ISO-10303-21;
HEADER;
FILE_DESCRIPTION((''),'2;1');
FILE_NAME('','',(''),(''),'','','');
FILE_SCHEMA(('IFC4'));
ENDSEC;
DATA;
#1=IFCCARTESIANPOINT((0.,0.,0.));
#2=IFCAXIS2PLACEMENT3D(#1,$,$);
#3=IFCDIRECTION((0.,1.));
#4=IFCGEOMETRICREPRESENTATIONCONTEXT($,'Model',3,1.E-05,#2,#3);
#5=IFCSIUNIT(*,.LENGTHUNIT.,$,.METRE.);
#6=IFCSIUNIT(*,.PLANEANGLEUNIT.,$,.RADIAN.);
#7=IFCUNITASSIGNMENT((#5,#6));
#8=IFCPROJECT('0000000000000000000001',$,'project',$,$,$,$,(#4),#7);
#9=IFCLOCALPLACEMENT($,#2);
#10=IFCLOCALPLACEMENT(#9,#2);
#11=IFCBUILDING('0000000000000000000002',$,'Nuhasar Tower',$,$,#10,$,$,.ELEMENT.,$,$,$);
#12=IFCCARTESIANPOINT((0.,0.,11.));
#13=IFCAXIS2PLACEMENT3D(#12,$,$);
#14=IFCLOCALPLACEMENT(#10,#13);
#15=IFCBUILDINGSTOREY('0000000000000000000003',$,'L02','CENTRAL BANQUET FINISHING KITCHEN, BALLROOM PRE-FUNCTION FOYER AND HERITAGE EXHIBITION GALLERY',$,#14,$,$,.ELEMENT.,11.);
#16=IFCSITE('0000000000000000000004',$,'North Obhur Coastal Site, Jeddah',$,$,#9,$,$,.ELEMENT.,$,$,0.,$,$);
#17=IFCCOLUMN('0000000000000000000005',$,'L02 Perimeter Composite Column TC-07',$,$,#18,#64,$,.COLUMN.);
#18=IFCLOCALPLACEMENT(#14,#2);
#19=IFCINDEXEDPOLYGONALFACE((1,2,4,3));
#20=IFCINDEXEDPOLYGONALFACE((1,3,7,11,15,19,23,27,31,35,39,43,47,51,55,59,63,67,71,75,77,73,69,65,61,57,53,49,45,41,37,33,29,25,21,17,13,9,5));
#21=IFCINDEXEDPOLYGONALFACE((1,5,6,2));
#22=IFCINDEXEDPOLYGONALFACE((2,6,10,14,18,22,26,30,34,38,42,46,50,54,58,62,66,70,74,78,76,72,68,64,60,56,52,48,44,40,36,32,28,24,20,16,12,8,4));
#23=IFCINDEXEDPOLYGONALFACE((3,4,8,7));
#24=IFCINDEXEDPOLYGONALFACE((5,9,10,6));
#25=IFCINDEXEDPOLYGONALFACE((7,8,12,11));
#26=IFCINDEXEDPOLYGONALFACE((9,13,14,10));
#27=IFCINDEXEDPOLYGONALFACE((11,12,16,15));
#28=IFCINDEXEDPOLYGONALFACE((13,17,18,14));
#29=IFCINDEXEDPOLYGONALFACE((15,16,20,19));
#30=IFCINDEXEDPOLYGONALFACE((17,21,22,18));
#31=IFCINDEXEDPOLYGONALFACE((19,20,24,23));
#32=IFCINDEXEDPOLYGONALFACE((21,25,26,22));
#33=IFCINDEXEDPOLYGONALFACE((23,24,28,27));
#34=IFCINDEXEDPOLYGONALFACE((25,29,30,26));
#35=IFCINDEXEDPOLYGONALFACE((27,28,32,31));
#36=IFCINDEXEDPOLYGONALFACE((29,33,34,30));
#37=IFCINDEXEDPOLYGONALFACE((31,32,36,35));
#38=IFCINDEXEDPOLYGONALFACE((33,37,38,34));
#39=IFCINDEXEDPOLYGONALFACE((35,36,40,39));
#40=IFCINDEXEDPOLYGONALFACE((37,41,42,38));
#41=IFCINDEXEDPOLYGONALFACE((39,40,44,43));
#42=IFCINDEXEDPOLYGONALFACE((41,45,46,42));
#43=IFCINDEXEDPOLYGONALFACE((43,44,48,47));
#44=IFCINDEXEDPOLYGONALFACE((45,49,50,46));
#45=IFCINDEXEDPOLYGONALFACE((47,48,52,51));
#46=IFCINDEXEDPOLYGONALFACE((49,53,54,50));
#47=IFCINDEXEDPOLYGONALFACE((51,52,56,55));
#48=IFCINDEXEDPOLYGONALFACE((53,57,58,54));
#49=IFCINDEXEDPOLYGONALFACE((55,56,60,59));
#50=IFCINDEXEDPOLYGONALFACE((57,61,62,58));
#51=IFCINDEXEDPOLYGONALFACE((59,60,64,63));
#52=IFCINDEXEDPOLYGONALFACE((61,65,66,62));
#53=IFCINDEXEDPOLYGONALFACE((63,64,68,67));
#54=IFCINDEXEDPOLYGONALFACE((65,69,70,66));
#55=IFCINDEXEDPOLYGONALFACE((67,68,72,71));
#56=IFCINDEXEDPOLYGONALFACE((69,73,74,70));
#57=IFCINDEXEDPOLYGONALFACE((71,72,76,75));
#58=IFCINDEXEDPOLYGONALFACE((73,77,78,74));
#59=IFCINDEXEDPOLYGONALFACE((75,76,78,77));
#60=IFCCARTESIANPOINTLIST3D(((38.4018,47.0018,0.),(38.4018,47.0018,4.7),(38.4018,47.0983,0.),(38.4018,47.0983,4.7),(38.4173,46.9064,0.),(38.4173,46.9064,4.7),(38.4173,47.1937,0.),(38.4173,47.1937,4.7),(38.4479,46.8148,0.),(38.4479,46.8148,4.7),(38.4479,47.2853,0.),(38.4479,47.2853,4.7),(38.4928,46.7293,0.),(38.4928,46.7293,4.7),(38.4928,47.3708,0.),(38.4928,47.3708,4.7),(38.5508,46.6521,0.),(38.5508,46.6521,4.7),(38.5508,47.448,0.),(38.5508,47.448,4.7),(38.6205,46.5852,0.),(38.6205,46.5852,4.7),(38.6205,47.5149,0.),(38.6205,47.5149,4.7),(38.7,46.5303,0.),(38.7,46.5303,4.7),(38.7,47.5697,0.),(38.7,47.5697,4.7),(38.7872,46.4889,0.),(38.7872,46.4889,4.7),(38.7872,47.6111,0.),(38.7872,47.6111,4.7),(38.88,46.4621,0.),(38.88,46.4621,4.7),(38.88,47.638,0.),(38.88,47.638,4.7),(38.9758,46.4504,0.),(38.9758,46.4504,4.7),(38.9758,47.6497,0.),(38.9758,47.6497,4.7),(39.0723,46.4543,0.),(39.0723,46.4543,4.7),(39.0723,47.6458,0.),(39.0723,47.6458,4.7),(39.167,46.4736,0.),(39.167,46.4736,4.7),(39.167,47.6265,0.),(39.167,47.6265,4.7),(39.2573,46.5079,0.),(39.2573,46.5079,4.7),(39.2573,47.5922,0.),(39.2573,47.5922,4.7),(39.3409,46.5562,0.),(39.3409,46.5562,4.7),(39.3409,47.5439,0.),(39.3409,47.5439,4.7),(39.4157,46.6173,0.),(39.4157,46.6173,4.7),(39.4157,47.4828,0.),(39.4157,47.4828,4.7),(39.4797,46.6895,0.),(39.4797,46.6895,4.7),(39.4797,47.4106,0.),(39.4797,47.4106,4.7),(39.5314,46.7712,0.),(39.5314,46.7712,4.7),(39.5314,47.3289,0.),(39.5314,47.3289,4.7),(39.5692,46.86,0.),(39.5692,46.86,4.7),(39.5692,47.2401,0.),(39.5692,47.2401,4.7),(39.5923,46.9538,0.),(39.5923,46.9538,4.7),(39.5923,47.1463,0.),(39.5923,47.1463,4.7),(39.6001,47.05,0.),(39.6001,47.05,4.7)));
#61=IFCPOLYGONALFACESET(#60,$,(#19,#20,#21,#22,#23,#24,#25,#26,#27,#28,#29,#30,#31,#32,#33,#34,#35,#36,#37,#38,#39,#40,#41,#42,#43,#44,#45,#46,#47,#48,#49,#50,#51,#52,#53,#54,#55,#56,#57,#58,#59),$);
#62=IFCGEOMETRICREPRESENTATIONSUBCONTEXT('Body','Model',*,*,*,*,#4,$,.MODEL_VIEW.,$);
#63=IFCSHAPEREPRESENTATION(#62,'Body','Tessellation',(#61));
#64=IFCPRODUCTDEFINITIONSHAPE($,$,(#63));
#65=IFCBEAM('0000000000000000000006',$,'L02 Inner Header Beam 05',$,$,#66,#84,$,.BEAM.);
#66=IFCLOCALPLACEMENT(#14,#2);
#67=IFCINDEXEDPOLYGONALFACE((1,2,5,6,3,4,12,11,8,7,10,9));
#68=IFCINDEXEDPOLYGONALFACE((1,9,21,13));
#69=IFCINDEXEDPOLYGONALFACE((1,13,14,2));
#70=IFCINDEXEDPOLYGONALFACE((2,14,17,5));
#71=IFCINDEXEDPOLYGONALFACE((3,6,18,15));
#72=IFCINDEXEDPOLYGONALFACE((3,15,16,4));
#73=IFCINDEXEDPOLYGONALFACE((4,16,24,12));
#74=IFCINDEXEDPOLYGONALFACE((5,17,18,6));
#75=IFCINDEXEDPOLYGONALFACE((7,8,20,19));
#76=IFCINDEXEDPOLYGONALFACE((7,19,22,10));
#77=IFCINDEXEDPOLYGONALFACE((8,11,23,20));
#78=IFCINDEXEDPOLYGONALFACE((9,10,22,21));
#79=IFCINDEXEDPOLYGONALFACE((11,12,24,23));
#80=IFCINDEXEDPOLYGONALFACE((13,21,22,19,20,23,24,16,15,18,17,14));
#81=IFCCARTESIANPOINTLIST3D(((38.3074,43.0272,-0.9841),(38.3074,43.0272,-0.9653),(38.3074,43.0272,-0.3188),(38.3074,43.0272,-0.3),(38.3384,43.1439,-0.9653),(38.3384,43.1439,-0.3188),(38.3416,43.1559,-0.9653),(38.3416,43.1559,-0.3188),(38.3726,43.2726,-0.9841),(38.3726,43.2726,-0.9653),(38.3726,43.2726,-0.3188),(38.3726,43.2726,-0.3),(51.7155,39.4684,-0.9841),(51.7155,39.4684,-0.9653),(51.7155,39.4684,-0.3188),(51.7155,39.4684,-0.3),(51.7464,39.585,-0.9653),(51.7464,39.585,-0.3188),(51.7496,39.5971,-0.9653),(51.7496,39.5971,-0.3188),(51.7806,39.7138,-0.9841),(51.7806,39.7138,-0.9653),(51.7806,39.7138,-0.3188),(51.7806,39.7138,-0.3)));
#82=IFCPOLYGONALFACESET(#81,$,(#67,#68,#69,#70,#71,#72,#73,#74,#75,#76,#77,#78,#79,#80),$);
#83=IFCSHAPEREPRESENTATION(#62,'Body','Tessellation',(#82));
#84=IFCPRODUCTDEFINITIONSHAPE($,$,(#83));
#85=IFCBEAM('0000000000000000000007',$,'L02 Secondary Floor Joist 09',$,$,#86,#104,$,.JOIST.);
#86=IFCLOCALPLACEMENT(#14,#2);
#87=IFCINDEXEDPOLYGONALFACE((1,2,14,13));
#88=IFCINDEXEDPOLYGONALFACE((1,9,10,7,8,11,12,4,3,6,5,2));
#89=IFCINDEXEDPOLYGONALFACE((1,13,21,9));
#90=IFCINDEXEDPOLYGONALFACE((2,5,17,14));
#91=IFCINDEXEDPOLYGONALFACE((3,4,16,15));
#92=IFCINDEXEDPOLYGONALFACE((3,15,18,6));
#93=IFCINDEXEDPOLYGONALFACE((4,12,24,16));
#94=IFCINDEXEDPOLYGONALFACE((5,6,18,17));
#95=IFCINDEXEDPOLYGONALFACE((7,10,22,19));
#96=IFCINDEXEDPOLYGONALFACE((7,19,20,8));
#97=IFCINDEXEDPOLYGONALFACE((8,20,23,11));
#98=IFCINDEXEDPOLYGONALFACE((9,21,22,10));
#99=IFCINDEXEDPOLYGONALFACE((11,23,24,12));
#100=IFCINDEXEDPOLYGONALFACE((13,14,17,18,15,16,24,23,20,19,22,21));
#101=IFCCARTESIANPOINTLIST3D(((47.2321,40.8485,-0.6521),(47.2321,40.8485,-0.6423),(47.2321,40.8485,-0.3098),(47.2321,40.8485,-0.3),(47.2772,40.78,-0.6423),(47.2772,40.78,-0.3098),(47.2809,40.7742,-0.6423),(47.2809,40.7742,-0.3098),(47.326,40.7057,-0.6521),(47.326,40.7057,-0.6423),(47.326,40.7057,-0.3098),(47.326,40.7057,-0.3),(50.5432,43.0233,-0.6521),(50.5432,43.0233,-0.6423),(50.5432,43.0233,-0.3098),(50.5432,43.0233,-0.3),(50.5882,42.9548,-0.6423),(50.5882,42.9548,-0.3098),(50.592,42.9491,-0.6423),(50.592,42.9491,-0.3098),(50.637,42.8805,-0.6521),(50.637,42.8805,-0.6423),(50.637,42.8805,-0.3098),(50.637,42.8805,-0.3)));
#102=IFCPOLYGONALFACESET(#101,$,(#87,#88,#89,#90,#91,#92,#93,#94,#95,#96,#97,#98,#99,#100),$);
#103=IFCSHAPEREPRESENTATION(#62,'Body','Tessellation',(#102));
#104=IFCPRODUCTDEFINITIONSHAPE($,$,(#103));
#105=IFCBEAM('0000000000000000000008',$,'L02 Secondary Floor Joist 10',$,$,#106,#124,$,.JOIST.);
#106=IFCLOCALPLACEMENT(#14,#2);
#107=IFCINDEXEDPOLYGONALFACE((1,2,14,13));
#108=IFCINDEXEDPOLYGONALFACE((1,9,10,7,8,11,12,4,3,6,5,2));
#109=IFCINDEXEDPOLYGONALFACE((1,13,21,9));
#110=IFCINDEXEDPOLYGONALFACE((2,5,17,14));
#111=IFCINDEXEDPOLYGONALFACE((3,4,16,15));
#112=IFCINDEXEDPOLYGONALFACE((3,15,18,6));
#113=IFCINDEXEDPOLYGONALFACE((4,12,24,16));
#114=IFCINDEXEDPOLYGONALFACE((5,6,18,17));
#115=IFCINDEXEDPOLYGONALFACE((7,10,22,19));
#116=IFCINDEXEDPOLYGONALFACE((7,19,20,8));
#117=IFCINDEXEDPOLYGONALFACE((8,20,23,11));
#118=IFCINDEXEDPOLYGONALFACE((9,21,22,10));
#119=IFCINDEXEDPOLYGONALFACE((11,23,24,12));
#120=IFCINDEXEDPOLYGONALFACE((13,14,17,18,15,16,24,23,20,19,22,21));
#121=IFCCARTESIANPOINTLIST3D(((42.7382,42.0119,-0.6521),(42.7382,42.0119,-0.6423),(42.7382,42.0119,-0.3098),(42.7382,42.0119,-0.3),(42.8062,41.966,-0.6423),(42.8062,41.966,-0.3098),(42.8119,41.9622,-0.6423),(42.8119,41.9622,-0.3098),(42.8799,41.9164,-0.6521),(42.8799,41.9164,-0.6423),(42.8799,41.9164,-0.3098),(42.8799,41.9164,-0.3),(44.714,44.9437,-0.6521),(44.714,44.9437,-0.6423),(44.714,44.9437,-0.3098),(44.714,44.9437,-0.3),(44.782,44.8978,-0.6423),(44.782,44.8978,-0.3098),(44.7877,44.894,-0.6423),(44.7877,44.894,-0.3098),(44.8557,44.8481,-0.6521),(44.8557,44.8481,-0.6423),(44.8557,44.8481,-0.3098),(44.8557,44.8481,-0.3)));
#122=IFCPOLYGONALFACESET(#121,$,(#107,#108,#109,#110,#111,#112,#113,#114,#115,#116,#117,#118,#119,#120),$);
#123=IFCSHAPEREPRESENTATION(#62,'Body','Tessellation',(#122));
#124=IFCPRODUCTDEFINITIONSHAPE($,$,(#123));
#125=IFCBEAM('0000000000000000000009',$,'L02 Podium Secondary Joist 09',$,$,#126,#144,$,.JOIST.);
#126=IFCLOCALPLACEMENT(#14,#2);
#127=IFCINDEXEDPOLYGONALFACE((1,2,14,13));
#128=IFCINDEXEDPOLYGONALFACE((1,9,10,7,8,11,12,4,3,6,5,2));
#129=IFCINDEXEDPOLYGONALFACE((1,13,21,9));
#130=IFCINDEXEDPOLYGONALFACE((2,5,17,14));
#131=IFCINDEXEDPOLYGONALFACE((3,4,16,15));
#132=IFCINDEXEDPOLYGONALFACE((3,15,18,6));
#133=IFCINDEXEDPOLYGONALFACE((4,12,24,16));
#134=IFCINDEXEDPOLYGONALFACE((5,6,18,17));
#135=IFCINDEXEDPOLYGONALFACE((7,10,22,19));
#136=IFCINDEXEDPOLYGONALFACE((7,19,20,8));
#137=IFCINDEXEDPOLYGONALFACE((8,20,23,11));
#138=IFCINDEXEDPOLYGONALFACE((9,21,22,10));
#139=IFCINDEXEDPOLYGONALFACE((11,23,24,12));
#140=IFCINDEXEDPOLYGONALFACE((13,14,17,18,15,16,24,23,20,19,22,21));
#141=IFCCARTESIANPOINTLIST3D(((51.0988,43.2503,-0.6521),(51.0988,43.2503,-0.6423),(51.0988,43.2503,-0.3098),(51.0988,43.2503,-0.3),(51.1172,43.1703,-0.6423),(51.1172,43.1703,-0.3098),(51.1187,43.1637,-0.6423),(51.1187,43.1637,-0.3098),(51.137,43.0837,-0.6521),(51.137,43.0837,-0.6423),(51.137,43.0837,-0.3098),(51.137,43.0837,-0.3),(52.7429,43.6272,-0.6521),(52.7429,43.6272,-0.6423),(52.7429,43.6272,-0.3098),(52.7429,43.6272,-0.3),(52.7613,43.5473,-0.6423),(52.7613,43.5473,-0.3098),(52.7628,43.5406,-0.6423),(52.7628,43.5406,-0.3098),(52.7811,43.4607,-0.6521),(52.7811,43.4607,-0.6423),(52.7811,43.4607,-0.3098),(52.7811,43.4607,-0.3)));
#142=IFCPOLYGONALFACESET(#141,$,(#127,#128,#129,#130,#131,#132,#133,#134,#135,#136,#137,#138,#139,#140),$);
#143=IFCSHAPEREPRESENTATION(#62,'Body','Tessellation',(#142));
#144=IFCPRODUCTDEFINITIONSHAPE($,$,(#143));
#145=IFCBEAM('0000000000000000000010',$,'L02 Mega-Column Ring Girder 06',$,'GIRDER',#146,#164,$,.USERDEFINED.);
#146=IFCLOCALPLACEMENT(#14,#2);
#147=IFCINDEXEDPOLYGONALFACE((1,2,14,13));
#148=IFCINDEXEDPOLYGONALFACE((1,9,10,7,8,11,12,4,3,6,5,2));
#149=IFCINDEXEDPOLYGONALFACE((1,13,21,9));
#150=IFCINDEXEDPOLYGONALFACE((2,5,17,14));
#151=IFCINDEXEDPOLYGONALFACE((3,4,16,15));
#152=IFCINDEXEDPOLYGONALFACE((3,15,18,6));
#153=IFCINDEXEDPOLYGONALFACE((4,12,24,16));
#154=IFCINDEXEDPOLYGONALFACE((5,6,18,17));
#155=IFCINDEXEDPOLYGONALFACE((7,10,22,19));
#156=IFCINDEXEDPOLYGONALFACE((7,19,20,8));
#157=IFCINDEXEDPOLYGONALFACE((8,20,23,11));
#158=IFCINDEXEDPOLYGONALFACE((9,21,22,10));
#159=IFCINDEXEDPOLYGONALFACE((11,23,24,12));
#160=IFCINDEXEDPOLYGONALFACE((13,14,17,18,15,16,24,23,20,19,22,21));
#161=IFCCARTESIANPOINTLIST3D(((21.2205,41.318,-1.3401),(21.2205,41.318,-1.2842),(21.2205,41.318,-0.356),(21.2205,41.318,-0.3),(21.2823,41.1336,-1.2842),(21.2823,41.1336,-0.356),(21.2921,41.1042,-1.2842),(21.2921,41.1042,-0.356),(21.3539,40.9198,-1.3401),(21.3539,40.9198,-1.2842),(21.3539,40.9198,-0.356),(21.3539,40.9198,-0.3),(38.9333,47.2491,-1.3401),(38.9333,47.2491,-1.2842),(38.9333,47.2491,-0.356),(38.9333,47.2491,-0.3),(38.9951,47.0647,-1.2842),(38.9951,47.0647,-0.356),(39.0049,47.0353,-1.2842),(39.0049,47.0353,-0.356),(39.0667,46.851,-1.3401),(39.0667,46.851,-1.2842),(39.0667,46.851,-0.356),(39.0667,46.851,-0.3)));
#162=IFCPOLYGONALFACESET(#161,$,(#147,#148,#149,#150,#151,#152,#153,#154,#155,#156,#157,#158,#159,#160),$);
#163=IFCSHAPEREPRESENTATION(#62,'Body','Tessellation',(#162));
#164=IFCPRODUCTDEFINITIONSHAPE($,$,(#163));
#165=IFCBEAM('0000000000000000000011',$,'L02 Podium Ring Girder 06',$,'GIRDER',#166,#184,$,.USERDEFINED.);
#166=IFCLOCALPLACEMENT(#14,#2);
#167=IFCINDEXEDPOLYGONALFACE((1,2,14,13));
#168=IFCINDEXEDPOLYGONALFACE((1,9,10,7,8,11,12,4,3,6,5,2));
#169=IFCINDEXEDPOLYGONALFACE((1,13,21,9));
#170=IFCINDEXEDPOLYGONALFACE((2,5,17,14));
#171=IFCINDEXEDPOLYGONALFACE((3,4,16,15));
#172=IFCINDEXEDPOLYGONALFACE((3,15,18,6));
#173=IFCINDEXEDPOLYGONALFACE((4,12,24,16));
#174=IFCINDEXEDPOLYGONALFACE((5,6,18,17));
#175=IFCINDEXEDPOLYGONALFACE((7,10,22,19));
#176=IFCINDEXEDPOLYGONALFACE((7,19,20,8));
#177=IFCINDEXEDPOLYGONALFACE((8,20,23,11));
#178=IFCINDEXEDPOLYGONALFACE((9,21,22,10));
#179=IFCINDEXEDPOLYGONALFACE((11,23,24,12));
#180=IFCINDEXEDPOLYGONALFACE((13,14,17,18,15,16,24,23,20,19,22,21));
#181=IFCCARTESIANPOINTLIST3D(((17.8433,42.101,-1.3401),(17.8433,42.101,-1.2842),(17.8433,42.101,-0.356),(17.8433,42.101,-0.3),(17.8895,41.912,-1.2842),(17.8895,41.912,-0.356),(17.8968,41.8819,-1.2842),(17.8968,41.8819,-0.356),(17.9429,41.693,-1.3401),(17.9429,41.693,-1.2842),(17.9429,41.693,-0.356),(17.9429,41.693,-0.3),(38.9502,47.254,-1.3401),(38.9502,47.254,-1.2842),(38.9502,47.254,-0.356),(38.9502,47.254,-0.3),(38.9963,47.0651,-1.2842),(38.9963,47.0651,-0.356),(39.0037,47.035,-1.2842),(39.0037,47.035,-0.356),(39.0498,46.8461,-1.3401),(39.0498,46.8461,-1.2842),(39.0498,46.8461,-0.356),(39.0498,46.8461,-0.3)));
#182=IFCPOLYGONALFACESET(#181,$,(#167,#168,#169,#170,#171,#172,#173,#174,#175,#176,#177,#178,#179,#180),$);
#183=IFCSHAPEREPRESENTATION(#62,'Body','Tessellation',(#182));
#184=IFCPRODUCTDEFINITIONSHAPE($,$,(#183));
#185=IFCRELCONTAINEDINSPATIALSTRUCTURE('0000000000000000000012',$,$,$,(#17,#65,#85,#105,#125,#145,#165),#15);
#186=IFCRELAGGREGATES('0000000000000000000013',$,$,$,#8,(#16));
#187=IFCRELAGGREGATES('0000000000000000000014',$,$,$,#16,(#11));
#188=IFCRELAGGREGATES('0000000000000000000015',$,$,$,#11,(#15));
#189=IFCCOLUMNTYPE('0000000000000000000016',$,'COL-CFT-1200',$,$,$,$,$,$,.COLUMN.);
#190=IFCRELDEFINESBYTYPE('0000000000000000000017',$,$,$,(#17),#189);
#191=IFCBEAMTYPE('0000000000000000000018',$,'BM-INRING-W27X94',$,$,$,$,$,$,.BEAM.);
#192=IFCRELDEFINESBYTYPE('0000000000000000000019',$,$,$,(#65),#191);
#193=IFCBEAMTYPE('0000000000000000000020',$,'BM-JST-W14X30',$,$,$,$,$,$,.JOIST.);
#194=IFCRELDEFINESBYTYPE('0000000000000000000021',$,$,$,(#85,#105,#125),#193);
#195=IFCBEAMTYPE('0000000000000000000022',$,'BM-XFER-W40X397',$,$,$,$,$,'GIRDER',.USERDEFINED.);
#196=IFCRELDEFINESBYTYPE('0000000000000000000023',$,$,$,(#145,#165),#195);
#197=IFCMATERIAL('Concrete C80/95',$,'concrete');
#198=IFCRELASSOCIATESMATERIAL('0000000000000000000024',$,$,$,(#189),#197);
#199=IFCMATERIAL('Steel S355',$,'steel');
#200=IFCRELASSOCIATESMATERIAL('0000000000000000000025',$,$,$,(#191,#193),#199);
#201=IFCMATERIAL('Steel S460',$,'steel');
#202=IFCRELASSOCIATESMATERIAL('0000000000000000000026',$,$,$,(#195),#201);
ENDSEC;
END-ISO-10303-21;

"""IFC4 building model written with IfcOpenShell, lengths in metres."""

from ifc_helpers import new_model, si_unit, direction, frame, origin, origin_2d, place, context, subcontext, project, spatial, circle, i_section, extrude, material, material_profile, profile_set, type_object, element, save


model = new_model("IFC4")

# Units and contexts
model_context = context("Model", 3, precision=1e-05, world=origin(), true_north=direction((0.0, 1.0)))
body_context = subcontext(model_context, "Body", "Model", "MODEL_VIEW")
ifc_project = project(units=[si_unit("LENGTHUNIT", "METRE"), si_unit("PLANEANGLEUNIT", "RADIAN")], contexts=[model_context])

# Site, building, storey
site_placement = place(None, origin())
site = spatial("IfcSite", under=ifc_project, at=site_placement, Name="North Obhur Coastal Site, Jeddah", CompositionType="ELEMENT", RefElevation=0.0)
building_placement = place(site_placement, origin())
building = spatial("IfcBuilding", under=site, at=building_placement, Name="Nuhasar Tower", CompositionType="ELEMENT")
storey_placement = place(building_placement, frame((0.0, 0.0, 11.0)))
storey = spatial("IfcBuildingStorey", under=building, at=storey_placement, Name="L02", Description="CENTRAL BANQUET FINISHING KITCHEN, BALLROOM PRE-FUNCTION FOYER AND HERITAGE EXHIBITION GALLERY", CompositionType="ELEMENT", Elevation=11.0)

# Column
ifc_material_1 = material(Name="Concrete C80/95", Category="concrete")
ifc_material_profile_1 = material_profile(ifc_material_1, circle(Radius=0.6001, at=origin_2d()), Name="CFT1200")
ifc_profile_set_1 = profile_set([ifc_material_profile_1], Name="Concrete C80/95")
column_type = type_object("IfcColumnType", Name="COL-CFT-1200", PredefinedType="COLUMN", material=ifc_profile_set_1)
column_placement = place(storey_placement, frame((39.0, 47.05, 0.0), z_axis=(0.0, 0.0, 1.0), x_axis=(1.0, 0.0, 0.0)))
element("IfcColumn", 1, at=column_placement, inside=storey, type_object=column_type, Name="L02 Perimeter Composite Column TC-07", PredefinedType="COLUMN", context=body_context, shape_type="SweptSolid", body=[
    extrude(circle(Radius=0.6001, at=origin_2d()), origin(), (0.0, 0.0, 1.0), 4.7),
])

# Beams
ifc_material_2 = material(Name="Steel S355", Category="steel")
ifc_material_profile_2 = material_profile(ifc_material_2, i_section(OverallWidth=0.2539, OverallDepth=0.6841, WebThickness=0.0125, FlangeThickness=0.0188, at=origin_2d()), Name="W27X94")
ifc_profile_set_2 = profile_set([ifc_material_profile_2], Name="Steel S355")
beam_type_1 = type_object("IfcBeamType", Name="BM-INRING-W27X94", PredefinedType="BEAM", material=ifc_profile_set_2)
beam_1_placement = place(storey_placement, frame((51.748, 39.5911, -0.6421), z_axis=(-0.966533, 0.256544, 0.0), x_axis=(-0.256544, -0.966533, 0.0)))
element("IfcBeam", 2, at=beam_1_placement, inside=storey, type_object=beam_type_1, Name="L02 Inner Header Beam 05", PredefinedType="BEAM", context=body_context, shape_type="SweptSolid", body=[
    extrude(i_section(OverallWidth=0.2539, OverallDepth=0.6841, WebThickness=0.0125, FlangeThickness=0.0188, at=origin_2d()), origin(), (0.0, 0.0, 1.0), 13.8723),
])
ifc_material_profile_3 = material_profile(ifc_material_2, i_section(OverallWidth=0.1709, OverallDepth=0.3521, WebThickness=0.0068, FlangeThickness=0.0098, at=origin_2d()), Name="W14X30")
ifc_profile_set_3 = profile_set([ifc_material_profile_3], Name="Steel S355")
beam_type_2 = type_object("IfcBeamType", Name="BM-JST-W14X30", PredefinedType="JOIST", material=ifc_profile_set_3)
beam_2_placement = place(storey_placement, frame((47.2791, 40.7771, -0.4761), z_axis=(0.835823, 0.548998, 0.0), x_axis=(-0.548998, 0.835823, 0.0)))
element("IfcBeam", 3, at=beam_2_placement, inside=storey, type_object=beam_type_2, Name="L02 Secondary Floor Joist 09", PredefinedType="JOIST", context=body_context, shape_type="SweptSolid", body=[
    extrude(i_section(OverallWidth=0.1709, OverallDepth=0.3521, WebThickness=0.0068, FlangeThickness=0.0098, at=origin_2d()), origin(), (0.0, 0.0, 1.0), 3.9614),
])
beam_3_placement = place(storey_placement, frame((42.8091, 41.9641, -0.4761), z_axis=(0.558852, 0.829267, 0.0), x_axis=(-0.829267, 0.558852, 0.0)))
element("IfcBeam", 4, at=beam_3_placement, inside=storey, type_object=beam_type_2, Name="L02 Secondary Floor Joist 10", PredefinedType="JOIST", context=body_context, shape_type="SweptSolid", body=[
    extrude(i_section(OverallWidth=0.1709, OverallDepth=0.3521, WebThickness=0.0068, FlangeThickness=0.0098, at=origin_2d()), origin(), (0.0, 0.0, 1.0), 3.5354),
])
beam_4_placement = place(storey_placement, frame((51.1179, 43.167, -0.4761), z_axis=(0.974707, 0.223485, 0.0), x_axis=(-0.223485, 0.974707, 0.0)))
element("IfcBeam", 5, at=beam_4_placement, inside=storey, type_object=beam_type_2, Name="L02 Podium Secondary Joist 09", PredefinedType="JOIST", context=body_context, shape_type="SweptSolid", body=[
    extrude(i_section(OverallWidth=0.1709, OverallDepth=0.3521, WebThickness=0.0068, FlangeThickness=0.0098, at=origin_2d()), origin(), (0.0, 0.0, 1.0), 1.6868),
])
ifc_material_3 = material(Name="Steel S460", Category="steel")
ifc_material_profile_4 = material_profile(ifc_material_3, i_section(OverallWidth=0.4199, OverallDepth=1.04, WebThickness=0.031, FlangeThickness=0.0559, at=origin_2d()), Name="W40X397")
ifc_profile_set_4 = profile_set([ifc_material_profile_4], Name="Steel S460")
beam_type_3 = type_object("IfcBeamType", Name="BM-XFER-W40X397", ElementType="GIRDER", PredefinedType="USERDEFINED", material=ifc_profile_set_4)
beam_5_placement = place(storey_placement, frame((39.0, 47.05, -0.8201), z_axis=(-0.948251, -0.317521, 0.0), x_axis=(0.317521, -0.948251, 0.0)))
element("IfcBeam", 6, at=beam_5_placement, inside=storey, type_object=beam_type_3, Name="L02 Mega-Column Ring Girder 06", ObjectType="GIRDER", PredefinedType="USERDEFINED", context=body_context, shape_type="SweptSolid", body=[
    extrude(i_section(OverallWidth=0.4199, OverallDepth=1.04, WebThickness=0.031, FlangeThickness=0.0559, at=origin_2d()), origin(), (0.0, 0.0, 1.0), 18.6794),
])
beam_6_placement = place(storey_placement, frame((39.0, 47.05, -0.8201), z_axis=(-0.971467, -0.237175, 0.0), x_axis=(0.237175, -0.971467, 0.0)))
element("IfcBeam", 7, at=beam_6_placement, inside=storey, type_object=beam_type_3, Name="L02 Podium Ring Girder 06", ObjectType="GIRDER", PredefinedType="USERDEFINED", context=body_context, shape_type="SweptSolid", body=[
    extrude(i_section(OverallWidth=0.4199, OverallDepth=1.04, WebThickness=0.031, FlangeThickness=0.0559, at=origin_2d()), origin(), (0.0, 0.0, 1.0), 21.7268),
])

save(model, "model.ifc")
